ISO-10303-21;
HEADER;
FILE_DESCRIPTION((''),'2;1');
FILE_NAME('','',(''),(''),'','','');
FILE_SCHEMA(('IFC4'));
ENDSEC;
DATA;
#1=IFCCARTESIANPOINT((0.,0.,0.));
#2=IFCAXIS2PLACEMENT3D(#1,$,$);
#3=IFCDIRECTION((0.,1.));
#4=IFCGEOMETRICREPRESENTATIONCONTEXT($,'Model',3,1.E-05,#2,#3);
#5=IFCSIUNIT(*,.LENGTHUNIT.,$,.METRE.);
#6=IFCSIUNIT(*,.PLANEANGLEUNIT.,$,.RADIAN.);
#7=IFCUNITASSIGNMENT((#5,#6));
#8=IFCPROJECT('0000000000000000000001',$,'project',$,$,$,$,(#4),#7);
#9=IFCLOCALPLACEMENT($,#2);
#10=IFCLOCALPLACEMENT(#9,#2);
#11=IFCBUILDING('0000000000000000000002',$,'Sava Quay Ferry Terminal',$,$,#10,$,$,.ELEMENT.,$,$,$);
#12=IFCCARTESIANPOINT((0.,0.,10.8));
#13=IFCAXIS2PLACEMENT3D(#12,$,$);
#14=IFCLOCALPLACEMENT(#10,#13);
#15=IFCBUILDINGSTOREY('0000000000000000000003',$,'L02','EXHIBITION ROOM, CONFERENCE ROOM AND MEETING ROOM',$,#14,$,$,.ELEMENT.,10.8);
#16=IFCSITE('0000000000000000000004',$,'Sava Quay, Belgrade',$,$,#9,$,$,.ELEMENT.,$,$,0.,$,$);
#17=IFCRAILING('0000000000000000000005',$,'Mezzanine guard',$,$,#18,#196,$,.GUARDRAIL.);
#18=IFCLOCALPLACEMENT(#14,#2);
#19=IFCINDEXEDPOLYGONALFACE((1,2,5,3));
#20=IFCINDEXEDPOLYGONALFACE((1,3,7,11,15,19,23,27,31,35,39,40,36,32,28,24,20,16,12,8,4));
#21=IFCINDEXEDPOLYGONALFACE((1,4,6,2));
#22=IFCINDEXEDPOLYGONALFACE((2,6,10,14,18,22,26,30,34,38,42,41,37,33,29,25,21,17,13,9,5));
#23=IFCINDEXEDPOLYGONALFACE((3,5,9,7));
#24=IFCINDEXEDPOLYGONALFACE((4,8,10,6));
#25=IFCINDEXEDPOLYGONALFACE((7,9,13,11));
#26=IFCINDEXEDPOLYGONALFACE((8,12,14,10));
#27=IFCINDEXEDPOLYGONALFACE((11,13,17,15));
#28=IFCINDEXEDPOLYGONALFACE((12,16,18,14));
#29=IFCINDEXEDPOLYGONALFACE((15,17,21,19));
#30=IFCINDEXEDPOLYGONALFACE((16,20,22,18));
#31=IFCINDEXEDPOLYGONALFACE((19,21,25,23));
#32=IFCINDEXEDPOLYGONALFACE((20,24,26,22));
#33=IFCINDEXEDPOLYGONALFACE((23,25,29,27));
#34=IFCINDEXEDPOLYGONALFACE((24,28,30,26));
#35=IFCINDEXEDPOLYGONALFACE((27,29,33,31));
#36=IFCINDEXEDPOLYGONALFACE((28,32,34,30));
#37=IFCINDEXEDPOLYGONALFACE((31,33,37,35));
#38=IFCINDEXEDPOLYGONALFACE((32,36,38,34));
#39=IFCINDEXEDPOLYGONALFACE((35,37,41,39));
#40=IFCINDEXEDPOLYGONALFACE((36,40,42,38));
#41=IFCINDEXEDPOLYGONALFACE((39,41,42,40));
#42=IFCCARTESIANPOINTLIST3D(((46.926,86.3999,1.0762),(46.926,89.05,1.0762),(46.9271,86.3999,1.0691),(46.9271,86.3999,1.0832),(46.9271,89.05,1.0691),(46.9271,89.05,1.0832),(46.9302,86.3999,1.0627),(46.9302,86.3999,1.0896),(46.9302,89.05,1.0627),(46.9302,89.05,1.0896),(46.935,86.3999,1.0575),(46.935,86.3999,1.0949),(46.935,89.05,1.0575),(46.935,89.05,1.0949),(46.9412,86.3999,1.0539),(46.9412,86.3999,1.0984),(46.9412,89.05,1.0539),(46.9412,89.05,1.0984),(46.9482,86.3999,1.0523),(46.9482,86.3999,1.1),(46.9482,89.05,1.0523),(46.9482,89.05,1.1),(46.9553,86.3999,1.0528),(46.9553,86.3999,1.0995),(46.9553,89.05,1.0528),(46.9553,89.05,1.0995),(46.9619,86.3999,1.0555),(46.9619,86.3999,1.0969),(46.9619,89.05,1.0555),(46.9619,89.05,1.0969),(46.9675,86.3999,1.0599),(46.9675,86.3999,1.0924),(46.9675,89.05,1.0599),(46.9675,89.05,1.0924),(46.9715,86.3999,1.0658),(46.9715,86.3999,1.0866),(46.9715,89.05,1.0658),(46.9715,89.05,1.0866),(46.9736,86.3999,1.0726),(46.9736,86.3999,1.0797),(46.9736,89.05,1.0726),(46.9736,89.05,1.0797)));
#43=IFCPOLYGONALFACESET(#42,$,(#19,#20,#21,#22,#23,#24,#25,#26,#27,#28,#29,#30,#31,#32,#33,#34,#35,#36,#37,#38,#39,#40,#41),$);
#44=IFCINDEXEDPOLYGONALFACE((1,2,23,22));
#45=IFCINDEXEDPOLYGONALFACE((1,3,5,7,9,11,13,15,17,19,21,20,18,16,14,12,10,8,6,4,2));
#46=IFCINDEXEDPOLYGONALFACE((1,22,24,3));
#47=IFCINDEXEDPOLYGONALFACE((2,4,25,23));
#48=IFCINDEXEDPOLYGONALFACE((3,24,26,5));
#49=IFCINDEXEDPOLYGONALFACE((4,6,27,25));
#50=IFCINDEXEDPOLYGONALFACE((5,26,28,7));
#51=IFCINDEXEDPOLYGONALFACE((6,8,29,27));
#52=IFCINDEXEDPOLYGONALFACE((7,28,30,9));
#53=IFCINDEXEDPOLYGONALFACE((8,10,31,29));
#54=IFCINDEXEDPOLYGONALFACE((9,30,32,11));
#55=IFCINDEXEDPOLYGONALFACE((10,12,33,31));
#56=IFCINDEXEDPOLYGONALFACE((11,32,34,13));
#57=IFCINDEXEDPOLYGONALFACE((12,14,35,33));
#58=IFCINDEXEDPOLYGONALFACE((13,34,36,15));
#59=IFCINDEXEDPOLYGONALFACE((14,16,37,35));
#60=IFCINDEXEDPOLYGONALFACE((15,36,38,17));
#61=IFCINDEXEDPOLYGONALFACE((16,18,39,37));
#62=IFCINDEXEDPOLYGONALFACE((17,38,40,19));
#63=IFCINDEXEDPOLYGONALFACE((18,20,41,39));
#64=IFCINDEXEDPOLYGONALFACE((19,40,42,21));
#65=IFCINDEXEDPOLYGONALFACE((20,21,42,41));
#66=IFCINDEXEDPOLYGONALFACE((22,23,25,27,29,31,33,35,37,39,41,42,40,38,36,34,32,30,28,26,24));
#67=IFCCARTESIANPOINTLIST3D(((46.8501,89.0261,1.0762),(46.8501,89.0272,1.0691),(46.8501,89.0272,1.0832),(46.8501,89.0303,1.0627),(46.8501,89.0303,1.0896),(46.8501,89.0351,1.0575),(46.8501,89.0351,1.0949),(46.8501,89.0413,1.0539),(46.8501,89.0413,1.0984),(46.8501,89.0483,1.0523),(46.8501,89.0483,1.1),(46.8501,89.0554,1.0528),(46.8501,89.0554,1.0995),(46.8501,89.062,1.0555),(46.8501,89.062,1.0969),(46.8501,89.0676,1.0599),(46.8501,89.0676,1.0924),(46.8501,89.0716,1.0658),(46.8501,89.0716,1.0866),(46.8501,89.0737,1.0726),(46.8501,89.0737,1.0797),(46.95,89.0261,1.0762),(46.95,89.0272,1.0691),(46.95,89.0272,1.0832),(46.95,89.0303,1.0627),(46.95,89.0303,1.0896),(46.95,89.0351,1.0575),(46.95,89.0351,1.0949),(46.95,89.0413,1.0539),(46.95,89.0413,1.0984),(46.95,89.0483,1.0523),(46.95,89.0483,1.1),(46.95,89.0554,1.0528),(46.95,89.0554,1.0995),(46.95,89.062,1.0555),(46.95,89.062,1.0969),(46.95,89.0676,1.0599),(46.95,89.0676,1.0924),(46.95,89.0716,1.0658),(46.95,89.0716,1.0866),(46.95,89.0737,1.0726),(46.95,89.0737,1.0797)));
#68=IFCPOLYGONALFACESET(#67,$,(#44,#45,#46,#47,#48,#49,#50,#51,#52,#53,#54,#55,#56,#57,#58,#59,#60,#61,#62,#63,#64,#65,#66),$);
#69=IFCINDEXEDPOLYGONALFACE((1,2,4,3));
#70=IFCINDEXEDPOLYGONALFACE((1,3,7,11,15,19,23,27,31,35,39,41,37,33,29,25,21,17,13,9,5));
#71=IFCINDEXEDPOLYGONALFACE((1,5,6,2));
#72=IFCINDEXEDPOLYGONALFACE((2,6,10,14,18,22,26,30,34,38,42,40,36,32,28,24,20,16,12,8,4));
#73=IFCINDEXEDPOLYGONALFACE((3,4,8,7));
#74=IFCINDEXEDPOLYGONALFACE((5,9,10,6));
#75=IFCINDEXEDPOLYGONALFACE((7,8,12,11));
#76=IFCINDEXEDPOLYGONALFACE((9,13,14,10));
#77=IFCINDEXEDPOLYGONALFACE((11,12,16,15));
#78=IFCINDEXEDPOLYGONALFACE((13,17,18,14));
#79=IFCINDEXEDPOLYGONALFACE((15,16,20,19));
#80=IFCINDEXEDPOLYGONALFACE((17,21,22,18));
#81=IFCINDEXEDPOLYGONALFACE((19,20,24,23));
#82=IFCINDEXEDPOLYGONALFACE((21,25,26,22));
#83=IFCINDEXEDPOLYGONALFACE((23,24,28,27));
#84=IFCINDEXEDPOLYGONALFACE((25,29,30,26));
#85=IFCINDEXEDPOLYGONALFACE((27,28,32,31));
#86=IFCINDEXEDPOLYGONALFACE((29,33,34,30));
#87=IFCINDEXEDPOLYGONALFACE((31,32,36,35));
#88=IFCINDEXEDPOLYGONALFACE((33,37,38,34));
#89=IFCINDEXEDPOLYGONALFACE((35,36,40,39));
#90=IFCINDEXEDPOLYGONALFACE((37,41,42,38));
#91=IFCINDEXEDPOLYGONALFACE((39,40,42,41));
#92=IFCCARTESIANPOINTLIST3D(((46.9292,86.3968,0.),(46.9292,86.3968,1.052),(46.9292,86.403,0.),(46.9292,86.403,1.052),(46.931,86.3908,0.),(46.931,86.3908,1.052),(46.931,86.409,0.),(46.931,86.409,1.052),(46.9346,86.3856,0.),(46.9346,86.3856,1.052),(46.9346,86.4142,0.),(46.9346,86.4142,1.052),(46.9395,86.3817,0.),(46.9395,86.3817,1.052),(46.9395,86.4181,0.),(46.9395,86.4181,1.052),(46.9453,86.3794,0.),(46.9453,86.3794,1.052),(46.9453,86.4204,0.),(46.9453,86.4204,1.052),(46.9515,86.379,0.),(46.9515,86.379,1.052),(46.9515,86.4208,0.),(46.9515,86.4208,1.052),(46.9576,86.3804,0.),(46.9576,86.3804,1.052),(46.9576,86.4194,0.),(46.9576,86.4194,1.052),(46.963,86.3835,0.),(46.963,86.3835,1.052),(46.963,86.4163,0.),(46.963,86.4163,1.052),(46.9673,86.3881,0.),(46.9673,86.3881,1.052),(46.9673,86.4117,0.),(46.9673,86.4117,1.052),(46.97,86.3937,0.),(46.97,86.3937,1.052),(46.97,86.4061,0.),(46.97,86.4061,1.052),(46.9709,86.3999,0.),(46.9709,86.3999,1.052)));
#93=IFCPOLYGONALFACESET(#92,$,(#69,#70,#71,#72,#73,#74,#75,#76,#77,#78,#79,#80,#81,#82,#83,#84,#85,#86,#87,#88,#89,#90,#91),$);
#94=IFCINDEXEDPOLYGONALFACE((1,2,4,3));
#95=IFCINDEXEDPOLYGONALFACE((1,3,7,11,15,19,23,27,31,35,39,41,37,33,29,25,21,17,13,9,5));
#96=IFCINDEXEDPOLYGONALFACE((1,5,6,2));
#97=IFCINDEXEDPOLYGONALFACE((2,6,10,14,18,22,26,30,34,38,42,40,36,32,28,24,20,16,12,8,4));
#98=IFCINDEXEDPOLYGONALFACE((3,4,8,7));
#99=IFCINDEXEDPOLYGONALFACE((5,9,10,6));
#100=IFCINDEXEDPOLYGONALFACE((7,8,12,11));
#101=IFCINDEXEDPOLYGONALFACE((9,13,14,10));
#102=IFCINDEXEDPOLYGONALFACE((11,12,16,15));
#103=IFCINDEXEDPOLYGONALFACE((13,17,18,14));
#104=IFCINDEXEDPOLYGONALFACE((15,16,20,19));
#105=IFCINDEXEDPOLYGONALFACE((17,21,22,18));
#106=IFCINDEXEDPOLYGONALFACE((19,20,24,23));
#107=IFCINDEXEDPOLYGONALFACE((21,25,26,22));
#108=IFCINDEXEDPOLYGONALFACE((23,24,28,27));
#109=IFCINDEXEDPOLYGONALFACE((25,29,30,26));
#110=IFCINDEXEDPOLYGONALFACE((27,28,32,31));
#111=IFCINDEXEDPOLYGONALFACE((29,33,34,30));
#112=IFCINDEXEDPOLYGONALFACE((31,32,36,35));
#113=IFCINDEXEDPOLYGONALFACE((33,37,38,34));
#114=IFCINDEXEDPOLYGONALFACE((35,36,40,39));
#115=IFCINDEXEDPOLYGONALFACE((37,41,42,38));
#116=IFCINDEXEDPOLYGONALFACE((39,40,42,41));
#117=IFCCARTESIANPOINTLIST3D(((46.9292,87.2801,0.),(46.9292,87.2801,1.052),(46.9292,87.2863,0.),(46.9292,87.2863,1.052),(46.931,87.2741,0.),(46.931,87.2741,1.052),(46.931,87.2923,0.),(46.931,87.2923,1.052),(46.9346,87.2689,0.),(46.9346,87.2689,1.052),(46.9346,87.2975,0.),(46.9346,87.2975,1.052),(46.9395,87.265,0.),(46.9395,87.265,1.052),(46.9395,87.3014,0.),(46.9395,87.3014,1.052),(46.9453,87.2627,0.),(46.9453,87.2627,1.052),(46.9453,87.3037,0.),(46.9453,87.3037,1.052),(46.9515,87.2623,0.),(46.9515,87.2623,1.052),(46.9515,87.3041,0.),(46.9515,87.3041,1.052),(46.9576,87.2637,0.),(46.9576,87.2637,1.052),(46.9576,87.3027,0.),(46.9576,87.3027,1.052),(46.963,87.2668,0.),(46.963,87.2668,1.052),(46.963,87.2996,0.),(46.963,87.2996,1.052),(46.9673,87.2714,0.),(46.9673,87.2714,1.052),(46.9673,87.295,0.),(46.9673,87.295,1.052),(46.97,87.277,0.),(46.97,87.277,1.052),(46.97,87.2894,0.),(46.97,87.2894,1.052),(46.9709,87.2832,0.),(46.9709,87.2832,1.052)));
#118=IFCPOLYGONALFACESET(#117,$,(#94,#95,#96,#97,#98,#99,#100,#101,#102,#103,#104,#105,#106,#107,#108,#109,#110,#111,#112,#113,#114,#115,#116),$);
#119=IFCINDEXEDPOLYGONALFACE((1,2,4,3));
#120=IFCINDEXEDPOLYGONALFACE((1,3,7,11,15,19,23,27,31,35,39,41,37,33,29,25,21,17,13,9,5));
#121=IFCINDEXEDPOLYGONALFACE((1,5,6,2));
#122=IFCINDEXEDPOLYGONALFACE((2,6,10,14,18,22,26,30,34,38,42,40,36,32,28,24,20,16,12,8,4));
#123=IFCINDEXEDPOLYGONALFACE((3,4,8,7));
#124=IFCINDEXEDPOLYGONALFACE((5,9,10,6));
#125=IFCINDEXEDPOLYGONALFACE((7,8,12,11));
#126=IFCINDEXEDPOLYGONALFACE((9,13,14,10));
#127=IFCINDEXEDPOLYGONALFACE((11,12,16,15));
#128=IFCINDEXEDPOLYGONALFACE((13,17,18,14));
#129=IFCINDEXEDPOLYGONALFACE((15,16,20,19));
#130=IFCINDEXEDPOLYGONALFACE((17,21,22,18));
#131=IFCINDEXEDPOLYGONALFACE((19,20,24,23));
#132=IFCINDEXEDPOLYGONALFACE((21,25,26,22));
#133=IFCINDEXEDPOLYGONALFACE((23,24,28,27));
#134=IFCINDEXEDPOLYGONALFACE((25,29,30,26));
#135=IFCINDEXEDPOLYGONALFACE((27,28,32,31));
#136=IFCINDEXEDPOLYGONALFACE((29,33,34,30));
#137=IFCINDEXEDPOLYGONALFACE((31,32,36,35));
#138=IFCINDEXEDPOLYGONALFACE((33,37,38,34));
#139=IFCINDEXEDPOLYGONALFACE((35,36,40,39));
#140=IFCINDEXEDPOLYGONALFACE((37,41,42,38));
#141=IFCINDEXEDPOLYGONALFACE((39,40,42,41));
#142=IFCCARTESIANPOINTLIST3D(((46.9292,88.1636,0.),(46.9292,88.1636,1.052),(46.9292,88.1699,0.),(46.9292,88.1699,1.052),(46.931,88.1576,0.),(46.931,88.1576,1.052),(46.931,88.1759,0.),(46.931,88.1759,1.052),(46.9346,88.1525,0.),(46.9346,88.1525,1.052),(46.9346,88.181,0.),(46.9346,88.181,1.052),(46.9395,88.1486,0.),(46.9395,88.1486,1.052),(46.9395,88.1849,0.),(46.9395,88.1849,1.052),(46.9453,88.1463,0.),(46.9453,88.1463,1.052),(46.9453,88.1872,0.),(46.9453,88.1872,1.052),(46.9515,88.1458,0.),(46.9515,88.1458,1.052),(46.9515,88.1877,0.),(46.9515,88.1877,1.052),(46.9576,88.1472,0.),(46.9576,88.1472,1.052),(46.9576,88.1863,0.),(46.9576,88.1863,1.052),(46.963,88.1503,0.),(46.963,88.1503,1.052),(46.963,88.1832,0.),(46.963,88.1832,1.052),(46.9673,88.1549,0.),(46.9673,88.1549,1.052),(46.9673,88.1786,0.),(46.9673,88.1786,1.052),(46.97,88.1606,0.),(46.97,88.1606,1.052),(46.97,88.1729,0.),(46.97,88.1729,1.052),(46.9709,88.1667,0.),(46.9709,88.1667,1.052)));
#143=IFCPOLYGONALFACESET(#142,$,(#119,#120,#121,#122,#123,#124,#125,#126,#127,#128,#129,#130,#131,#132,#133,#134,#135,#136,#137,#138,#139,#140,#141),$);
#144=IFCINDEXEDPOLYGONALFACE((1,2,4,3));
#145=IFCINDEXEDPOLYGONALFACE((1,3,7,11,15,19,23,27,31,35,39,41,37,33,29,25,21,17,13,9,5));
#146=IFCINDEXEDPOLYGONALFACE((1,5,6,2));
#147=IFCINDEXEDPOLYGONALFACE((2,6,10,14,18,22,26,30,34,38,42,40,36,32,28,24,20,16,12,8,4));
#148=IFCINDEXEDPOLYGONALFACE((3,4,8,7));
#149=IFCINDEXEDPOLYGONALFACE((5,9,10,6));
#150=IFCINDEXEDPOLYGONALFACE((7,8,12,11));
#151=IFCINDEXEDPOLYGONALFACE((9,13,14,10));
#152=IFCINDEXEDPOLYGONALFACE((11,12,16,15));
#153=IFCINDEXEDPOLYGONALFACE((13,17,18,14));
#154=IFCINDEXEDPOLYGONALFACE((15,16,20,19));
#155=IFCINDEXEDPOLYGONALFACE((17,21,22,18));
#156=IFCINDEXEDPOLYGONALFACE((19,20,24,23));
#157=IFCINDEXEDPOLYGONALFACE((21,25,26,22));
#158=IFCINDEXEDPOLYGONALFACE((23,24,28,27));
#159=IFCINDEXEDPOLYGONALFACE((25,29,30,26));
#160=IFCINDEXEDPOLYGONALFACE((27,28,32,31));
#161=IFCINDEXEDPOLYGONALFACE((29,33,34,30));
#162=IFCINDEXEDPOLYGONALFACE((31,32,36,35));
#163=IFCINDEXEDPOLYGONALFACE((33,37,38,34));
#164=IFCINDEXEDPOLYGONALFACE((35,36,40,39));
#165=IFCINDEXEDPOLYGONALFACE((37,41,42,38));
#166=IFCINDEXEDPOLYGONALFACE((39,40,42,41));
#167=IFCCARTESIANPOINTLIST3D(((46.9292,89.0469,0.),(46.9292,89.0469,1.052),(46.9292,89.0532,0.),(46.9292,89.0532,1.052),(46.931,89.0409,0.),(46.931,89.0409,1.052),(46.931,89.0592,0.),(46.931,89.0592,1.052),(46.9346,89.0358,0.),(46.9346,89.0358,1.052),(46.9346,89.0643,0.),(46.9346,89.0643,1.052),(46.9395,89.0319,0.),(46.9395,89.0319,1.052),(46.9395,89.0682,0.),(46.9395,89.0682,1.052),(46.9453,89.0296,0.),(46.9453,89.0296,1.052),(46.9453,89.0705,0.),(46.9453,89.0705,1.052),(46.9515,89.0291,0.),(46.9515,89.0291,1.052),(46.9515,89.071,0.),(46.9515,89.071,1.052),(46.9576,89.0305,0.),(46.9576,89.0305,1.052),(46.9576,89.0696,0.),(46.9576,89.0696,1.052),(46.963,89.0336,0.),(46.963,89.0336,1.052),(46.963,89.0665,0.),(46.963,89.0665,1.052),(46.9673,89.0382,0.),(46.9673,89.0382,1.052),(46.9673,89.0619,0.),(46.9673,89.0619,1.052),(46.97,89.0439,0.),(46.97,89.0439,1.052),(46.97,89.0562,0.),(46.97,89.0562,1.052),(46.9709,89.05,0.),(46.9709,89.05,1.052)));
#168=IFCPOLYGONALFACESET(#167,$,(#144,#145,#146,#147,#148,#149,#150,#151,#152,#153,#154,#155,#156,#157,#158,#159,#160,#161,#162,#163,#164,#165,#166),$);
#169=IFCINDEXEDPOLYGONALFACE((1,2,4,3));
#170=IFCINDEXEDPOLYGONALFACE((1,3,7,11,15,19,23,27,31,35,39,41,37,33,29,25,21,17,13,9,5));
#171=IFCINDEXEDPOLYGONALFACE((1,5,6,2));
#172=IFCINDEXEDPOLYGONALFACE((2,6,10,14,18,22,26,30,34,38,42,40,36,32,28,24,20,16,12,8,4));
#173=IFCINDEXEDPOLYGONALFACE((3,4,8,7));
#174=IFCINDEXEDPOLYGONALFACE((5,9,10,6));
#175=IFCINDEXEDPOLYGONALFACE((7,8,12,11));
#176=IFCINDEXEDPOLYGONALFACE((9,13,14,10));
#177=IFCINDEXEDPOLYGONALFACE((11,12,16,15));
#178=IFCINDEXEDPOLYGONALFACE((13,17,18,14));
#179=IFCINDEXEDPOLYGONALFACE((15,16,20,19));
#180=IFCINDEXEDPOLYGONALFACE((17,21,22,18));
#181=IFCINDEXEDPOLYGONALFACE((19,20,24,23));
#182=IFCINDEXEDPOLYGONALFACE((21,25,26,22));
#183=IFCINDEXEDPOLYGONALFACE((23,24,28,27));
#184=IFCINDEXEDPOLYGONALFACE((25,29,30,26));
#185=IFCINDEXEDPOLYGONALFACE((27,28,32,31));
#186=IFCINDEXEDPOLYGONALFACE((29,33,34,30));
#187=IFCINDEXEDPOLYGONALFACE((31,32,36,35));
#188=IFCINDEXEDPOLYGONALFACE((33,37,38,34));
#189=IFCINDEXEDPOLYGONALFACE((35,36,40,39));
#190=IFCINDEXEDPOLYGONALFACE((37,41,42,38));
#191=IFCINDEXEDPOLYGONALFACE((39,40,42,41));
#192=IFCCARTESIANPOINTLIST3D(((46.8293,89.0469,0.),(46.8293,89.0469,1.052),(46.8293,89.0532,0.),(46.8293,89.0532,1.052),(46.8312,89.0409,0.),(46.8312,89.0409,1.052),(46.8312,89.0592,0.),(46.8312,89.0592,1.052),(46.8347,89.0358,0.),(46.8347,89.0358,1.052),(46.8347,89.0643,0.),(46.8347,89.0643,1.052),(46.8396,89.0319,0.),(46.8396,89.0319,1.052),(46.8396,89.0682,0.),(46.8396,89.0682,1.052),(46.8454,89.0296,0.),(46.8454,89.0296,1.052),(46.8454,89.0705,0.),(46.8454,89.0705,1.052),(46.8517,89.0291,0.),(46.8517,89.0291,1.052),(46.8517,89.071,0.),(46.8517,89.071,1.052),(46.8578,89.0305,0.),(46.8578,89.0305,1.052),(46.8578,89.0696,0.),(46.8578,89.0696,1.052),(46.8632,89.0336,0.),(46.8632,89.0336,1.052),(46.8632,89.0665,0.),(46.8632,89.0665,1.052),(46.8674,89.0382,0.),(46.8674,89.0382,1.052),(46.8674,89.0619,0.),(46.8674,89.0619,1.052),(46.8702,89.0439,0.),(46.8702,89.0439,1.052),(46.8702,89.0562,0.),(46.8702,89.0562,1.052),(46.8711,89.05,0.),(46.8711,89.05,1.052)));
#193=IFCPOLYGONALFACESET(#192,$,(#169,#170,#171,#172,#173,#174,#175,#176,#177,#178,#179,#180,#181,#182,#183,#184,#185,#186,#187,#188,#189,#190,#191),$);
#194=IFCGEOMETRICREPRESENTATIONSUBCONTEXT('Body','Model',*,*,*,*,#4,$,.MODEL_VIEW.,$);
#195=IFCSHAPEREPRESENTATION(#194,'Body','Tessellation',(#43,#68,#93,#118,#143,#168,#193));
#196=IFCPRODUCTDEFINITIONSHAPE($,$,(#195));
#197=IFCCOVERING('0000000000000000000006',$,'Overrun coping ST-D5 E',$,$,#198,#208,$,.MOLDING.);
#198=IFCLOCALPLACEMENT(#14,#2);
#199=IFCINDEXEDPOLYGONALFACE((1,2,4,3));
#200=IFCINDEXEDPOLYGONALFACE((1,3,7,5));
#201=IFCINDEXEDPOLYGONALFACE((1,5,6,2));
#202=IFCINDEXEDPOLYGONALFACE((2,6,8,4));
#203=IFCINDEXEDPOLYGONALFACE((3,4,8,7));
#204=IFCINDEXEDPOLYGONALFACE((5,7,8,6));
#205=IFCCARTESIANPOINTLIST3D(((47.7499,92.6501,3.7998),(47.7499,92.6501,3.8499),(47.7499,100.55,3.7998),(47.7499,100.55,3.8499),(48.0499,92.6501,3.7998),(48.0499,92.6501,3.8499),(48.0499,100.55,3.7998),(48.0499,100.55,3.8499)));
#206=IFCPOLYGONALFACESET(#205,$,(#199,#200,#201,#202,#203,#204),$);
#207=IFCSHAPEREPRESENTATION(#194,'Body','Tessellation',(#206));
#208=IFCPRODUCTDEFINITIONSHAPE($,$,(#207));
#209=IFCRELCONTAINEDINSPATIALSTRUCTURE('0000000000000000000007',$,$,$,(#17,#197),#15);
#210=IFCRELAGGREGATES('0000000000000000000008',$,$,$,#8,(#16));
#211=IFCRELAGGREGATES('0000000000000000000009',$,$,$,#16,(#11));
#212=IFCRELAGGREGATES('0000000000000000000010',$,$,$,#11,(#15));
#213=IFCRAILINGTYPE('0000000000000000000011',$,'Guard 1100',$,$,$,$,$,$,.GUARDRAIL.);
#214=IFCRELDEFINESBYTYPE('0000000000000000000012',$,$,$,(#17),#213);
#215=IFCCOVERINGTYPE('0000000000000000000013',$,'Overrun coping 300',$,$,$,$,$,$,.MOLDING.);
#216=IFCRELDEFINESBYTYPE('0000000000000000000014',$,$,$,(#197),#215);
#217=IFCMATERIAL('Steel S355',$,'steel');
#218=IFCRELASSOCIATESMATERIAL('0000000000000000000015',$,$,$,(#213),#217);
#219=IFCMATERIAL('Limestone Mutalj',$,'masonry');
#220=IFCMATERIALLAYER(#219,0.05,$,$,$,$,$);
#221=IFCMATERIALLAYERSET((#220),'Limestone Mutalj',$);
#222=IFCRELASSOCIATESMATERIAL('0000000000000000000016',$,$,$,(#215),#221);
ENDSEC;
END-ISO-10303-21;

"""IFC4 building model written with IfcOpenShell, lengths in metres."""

from ifc_helpers import new_model, si_unit, direction, frame, origin, origin_2d, place, context, subcontext, project, spatial, rectangle, circle, extrude, material, layer, layer_set, type_object, element, save


model = new_model("IFC4")

# Units and contexts
model_context = context("Model", 3, precision=1e-05, world=origin(), true_north=direction((0.0, 1.0)))
body_context = subcontext(model_context, "Body", "Model", "MODEL_VIEW")
ifc_project = project(units=[si_unit("LENGTHUNIT", "METRE"), si_unit("PLANEANGLEUNIT", "RADIAN")], contexts=[model_context])

# Site, building, storey
site_placement = place(None, origin())
site = spatial("IfcSite", under=ifc_project, at=site_placement, Name="Sava Quay, Belgrade", CompositionType="ELEMENT", RefElevation=0.0)
building_placement = place(site_placement, origin())
building = spatial("IfcBuilding", under=site, at=building_placement, Name="Sava Quay Ferry Terminal", CompositionType="ELEMENT")
storey_placement = place(building_placement, frame((0.0, 0.0, 10.8)))
storey = spatial("IfcBuildingStorey", under=building, at=storey_placement, Name="L02", Description="EXHIBITION ROOM, CONFERENCE ROOM AND MEETING ROOM", CompositionType="ELEMENT", Elevation=10.8)

# Railing
ifc_material_1 = material(Name="Steel S355", Category="steel")
railing_type = type_object("IfcRailingType", Name="Guard 1100", PredefinedType="GUARDRAIL", material=ifc_material_1)
railing_1_placement = place(storey_placement, frame((46.95, 86.3999, 0.0)))
element("IfcRailing", 1, at=railing_1_placement, inside=storey, type_object=railing_type, Name="Mezzanine guard", PredefinedType="GUARDRAIL", context=body_context, shape_type="SweptSolid", body=[
    extrude(circle(Radius=0.0239, at=origin_2d()), frame((0.0, 0.0, 1.0762), z_axis=(0.0, 1.0, 0.0), x_axis=(-1.0, 0.0, 0.0)), (0.0, 0.0, 1.0), 2.6501),
    extrude(circle(Radius=0.0239, at=origin_2d()), frame((0.0, 2.6501, 1.0762), z_axis=(-1.0, 0.0, 0.0), x_axis=(0.0, -1.0, 0.0)), (0.0, 0.0, 1.0), 0.0999),
    extrude(circle(Radius=0.021, at=origin_2d()), origin(), (0.0, 0.0, 1.0), 1.052),
    extrude(circle(Radius=0.021, at=origin_2d()), frame((0.0, 0.8833, 0.0)), (0.0, 0.0, 1.0), 1.052),
    extrude(circle(Radius=0.021, at=origin_2d()), frame((0.0, 1.7668, 0.0)), (0.0, 0.0, 1.0), 1.052),
    extrude(circle(Radius=0.021, at=origin_2d()), frame((0.0, 2.6501, 0.0)), (0.0, 0.0, 1.0), 1.052),
    extrude(circle(Radius=0.021, at=origin_2d()), frame((-0.0999, 2.6501, 0.0)), (0.0, 0.0, 1.0), 1.052),
])

# Covering
ifc_material_2 = material(Name="Limestone Mutalj", Category="masonry")
ifc_layer_1 = layer(ifc_material_2, 0.05)
ifc_layer_set_1 = layer_set([ifc_layer_1], Name="Limestone Mutalj")
covering_type_1 = type_object("IfcCoveringType", Name="Overrun coping 300", PredefinedType="MOLDING", material=ifc_layer_set_1)
covering_1_placement = place(storey_placement, frame((47.8999, 96.6001, 3.7998), z_axis=(0.0, 0.0, 1.0), x_axis=(1.0, 0.0, 0.0)))
element("IfcCovering", 2, at=covering_1_placement, inside=storey, type_object=covering_type_1, Name="Overrun coping ST-D5 E", PredefinedType="MOLDING", context=body_context, shape_type="SweptSolid", body=[
    extrude(rectangle(XDim=0.3, YDim=7.8999, at=origin_2d()), origin(), (0.0, 0.0, 1.0), 0.05),
])

save(model, "model.ifc")
